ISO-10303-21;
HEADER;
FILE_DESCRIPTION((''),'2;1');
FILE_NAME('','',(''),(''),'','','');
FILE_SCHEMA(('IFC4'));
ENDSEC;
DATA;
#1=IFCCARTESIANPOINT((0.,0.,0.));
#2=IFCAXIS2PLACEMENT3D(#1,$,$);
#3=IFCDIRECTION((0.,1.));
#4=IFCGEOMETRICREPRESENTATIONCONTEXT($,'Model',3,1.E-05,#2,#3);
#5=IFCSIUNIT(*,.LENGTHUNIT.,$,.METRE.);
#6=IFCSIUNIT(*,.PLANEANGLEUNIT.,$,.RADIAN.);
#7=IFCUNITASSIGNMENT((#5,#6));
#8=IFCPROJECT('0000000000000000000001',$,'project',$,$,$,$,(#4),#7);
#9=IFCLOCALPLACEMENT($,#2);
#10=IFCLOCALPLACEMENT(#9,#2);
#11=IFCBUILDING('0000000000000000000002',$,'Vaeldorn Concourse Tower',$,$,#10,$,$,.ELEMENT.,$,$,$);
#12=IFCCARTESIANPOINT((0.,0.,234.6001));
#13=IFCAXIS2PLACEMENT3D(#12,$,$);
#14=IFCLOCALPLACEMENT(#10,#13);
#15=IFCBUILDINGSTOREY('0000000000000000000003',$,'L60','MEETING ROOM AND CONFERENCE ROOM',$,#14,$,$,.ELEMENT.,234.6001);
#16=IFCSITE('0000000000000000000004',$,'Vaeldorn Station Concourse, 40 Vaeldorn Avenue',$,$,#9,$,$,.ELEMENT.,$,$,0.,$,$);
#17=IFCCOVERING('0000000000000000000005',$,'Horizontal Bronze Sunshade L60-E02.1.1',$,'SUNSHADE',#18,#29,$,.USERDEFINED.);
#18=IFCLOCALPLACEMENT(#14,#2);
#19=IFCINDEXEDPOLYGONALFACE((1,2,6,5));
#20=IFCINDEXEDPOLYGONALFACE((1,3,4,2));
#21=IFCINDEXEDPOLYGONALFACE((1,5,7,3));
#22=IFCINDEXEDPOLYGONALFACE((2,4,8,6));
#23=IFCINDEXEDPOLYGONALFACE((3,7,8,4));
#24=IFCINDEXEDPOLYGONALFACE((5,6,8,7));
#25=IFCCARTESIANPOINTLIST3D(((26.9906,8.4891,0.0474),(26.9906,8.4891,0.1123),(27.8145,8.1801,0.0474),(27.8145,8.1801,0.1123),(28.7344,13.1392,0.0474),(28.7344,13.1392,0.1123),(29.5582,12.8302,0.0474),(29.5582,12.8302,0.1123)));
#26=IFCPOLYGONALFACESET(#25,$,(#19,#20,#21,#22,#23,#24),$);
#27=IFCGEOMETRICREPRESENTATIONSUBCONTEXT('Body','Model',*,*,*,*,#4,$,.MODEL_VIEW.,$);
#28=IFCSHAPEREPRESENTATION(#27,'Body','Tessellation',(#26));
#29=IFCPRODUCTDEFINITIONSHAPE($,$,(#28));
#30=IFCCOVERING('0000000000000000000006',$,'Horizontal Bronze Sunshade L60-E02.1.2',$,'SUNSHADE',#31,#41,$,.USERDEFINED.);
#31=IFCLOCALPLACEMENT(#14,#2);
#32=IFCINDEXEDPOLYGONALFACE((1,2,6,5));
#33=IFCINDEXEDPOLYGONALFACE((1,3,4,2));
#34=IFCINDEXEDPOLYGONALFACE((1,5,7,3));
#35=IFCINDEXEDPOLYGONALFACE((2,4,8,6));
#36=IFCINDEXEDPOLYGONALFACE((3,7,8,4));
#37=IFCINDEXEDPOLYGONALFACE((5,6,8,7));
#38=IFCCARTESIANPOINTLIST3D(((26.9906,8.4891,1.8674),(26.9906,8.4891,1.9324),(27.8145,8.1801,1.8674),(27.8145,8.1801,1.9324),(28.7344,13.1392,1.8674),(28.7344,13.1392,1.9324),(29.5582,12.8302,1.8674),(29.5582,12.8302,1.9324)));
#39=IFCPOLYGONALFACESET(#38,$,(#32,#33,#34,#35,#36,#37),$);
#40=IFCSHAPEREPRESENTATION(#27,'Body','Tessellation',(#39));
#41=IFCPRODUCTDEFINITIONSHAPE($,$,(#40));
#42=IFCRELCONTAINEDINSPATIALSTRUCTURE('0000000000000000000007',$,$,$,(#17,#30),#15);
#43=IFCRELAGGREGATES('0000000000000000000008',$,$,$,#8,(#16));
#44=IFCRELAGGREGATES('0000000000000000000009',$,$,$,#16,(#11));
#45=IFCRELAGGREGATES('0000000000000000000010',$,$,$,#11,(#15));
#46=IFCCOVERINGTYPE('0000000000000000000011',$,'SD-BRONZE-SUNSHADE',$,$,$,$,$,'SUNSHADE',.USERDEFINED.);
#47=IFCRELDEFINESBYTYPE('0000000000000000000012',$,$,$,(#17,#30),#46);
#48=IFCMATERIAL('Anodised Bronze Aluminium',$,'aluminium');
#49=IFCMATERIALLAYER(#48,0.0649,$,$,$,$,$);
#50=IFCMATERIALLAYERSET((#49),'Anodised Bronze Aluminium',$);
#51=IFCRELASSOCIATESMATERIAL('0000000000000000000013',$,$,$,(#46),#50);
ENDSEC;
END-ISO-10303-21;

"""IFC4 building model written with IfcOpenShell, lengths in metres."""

from ifc_helpers import new_model, si_unit, direction, frame, origin, origin_2d, place, context, subcontext, project, spatial, rectangle, extrude, source, transform, mapped, material, layer, layer_set, type_object, element, save


model = new_model("IFC4")

# Units and contexts
model_context = context("Model", 3, precision=1e-05, world=origin(), true_north=direction((0.0, 1.0)))
body_context = subcontext(model_context, "Body", "Model", "MODEL_VIEW")
ifc_project = project(units=[si_unit("LENGTHUNIT", "METRE"), si_unit("PLANEANGLEUNIT", "RADIAN")], contexts=[model_context])

# Site, building, storey
site_placement = place(None, origin())
site = spatial("IfcSite", under=ifc_project, at=site_placement, Name="Vaeldorn Station Concourse, 40 Vaeldorn Avenue", CompositionType="ELEMENT", RefElevation=0.0)
building_placement = place(site_placement, origin())
building = spatial("IfcBuilding", under=site, at=building_placement, Name="Vaeldorn Concourse Tower", CompositionType="ELEMENT")
storey_placement = place(building_placement, frame((0.0, 0.0, 234.6001)))
storey = spatial("IfcBuildingStorey", under=building, at=storey_placement, Name="L60", Description="MEETING ROOM AND CONFERENCE ROOM", CompositionType="ELEMENT", Elevation=234.6001)

# Shared definitions
ifc_material_1 = material(Name="Anodised Bronze Aluminium", Category="aluminium")

# Coverings
ifc_layer_1 = layer(ifc_material_1, 0.0649)
ifc_layer_set_1 = layer_set([ifc_layer_1], Name="Anodised Bronze Aluminium")
covering_type = type_object("IfcCoveringType", Name="SD-BRONZE-SUNSHADE", ElementType="SUNSHADE", PredefinedType="USERDEFINED", material=ifc_layer_set_1)
shared_shape_1 = source(origin(), body_context, "Body", "SweptSolid", [
    extrude(rectangle(XDim=4.9663, YDim=0.8799, at=origin_2d()), origin(), (0.0, 0.0, 1.0), 0.0649),
])
for number, where, z_axis, x_axis, name in (
    (1, (28.2744, 10.6597, 0.0474), (0.0, 0.0, 1.0), (0.351123, 0.936329, 0.0), "Horizontal Bronze Sunshade L60-E02.1.1"),
    (2, (28.2744, 10.6597, 1.8674), (0.0, 0.0, 1.0), (0.351123, 0.936329, 0.0), "Horizontal Bronze Sunshade L60-E02.1.2"),
):
    element("IfcCovering", number, at=place(storey_placement, frame(where, z_axis=z_axis, x_axis=x_axis)), inside=storey, type_object=covering_type, Name=name, ObjectType="SUNSHADE", PredefinedType="USERDEFINED", context=body_context, shape_type="MappedRepresentation", body=[
        mapped(shared_shape_1, transform((0.0, 0.0, 0.0), scale=1.0)),
    ])

save(model, "model.ifc")
